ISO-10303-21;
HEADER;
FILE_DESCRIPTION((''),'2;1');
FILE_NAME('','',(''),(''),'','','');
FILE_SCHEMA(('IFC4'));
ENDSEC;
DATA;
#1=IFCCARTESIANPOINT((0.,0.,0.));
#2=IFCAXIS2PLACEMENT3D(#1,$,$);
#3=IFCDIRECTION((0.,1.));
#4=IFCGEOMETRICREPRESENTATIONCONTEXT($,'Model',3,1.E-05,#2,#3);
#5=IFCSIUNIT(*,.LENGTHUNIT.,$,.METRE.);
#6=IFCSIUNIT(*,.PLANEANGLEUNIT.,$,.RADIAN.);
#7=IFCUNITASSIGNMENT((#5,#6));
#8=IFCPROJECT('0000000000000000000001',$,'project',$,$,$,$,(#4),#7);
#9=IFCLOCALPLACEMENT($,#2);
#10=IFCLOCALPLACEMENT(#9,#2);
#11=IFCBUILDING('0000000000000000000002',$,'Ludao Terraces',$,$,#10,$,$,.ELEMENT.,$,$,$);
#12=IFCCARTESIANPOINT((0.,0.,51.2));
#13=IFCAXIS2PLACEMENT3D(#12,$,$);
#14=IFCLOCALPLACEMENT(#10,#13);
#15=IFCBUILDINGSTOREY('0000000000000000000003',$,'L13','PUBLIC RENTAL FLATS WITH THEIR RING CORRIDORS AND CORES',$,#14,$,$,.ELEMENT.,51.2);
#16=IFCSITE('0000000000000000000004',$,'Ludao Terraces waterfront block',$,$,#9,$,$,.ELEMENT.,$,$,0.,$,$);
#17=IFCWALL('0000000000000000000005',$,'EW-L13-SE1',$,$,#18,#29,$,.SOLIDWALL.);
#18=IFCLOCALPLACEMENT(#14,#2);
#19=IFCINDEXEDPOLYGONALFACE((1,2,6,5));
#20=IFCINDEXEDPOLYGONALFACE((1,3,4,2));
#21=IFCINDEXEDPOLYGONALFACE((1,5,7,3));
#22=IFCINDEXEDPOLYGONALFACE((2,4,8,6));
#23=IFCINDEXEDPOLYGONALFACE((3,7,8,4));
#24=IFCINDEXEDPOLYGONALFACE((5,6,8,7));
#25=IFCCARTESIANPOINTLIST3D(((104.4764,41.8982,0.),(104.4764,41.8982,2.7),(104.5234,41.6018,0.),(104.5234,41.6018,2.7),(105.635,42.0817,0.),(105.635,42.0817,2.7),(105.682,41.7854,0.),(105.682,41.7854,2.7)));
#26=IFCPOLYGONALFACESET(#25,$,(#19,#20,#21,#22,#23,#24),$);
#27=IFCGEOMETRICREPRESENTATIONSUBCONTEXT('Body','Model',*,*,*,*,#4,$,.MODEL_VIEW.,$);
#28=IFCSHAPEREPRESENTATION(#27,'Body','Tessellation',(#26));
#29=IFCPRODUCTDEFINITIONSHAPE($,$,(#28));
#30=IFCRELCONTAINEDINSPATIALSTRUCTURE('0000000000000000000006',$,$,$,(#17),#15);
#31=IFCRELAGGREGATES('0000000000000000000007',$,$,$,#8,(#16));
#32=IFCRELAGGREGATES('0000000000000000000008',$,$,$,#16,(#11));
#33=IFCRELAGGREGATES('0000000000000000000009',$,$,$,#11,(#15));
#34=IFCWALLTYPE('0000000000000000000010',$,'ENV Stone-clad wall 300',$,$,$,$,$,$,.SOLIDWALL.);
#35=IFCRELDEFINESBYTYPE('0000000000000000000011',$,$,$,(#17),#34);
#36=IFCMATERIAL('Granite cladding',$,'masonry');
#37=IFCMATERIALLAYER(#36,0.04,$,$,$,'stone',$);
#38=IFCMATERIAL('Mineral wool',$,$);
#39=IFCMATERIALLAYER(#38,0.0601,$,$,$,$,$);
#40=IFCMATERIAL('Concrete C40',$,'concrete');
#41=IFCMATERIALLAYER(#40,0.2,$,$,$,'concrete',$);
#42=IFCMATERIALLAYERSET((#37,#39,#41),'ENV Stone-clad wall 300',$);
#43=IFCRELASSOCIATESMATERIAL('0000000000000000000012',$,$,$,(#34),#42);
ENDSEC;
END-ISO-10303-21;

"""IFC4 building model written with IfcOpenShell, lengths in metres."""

from ifc_helpers import new_model, si_unit, direction, frame, frame_2d, origin, place, context, subcontext, project, spatial, rectangle, extrude, material, layer, layer_set, type_object, element, save


model = new_model("IFC4")

# Units and contexts
model_context = context("Model", 3, precision=1e-05, world=origin(), true_north=direction((0.0, 1.0)))
body_context = subcontext(model_context, "Body", "Model", "MODEL_VIEW")
ifc_project = project(units=[si_unit("LENGTHUNIT", "METRE"), si_unit("PLANEANGLEUNIT", "RADIAN")], contexts=[model_context])

# Site, building, storey
site_placement = place(None, origin())
site = spatial("IfcSite", under=ifc_project, at=site_placement, Name="Ludao Terraces waterfront block", CompositionType="ELEMENT", RefElevation=0.0)
building_placement = place(site_placement, origin())
building = spatial("IfcBuilding", under=site, at=building_placement, Name="Ludao Terraces", CompositionType="ELEMENT")
storey_placement = place(building_placement, frame((0.0, 0.0, 51.2)))
storey = spatial("IfcBuildingStorey", under=building, at=storey_placement, Name="L13", Description="PUBLIC RENTAL FLATS WITH THEIR RING CORRIDORS AND CORES", CompositionType="ELEMENT", Elevation=51.2)

# Wall
ifc_material_1 = material(Name="Granite cladding", Category="masonry")
ifc_layer_1 = layer(ifc_material_1, 0.04, Category="stone")
ifc_material_2 = material(Name="Mineral wool")
ifc_layer_2 = layer(ifc_material_2, 0.0601)
ifc_material_3 = material(Name="Concrete C40", Category="concrete")
ifc_layer_3 = layer(ifc_material_3, 0.2, Category="concrete")
ifc_layer_set_1 = layer_set([ifc_layer_1, ifc_layer_2, ifc_layer_3], Name="ENV Stone-clad wall 300")
wall_type_1 = type_object("IfcWallType", Name="ENV Stone-clad wall 300", PredefinedType="SOLIDWALL", material=ifc_layer_set_1)
wall_1_placement = place(storey_placement, frame((104.5, 41.75, 0.0), z_axis=(0.0, 0.0, 1.0), x_axis=(0.987678, 0.156497, 0.0)))
element("IfcWall", 1, at=wall_1_placement, inside=storey, type_object=wall_type_1, Name="EW-L13-SE1", PredefinedType="SOLIDWALL", context=body_context, shape_type="SweptSolid", body=[
    extrude(rectangle(XDim=1.1731, YDim=0.3, at=frame_2d((0.5864, 0.0))), origin(), (0.0, 0.0, 1.0), 2.7),
])

save(model, "model.ifc")
